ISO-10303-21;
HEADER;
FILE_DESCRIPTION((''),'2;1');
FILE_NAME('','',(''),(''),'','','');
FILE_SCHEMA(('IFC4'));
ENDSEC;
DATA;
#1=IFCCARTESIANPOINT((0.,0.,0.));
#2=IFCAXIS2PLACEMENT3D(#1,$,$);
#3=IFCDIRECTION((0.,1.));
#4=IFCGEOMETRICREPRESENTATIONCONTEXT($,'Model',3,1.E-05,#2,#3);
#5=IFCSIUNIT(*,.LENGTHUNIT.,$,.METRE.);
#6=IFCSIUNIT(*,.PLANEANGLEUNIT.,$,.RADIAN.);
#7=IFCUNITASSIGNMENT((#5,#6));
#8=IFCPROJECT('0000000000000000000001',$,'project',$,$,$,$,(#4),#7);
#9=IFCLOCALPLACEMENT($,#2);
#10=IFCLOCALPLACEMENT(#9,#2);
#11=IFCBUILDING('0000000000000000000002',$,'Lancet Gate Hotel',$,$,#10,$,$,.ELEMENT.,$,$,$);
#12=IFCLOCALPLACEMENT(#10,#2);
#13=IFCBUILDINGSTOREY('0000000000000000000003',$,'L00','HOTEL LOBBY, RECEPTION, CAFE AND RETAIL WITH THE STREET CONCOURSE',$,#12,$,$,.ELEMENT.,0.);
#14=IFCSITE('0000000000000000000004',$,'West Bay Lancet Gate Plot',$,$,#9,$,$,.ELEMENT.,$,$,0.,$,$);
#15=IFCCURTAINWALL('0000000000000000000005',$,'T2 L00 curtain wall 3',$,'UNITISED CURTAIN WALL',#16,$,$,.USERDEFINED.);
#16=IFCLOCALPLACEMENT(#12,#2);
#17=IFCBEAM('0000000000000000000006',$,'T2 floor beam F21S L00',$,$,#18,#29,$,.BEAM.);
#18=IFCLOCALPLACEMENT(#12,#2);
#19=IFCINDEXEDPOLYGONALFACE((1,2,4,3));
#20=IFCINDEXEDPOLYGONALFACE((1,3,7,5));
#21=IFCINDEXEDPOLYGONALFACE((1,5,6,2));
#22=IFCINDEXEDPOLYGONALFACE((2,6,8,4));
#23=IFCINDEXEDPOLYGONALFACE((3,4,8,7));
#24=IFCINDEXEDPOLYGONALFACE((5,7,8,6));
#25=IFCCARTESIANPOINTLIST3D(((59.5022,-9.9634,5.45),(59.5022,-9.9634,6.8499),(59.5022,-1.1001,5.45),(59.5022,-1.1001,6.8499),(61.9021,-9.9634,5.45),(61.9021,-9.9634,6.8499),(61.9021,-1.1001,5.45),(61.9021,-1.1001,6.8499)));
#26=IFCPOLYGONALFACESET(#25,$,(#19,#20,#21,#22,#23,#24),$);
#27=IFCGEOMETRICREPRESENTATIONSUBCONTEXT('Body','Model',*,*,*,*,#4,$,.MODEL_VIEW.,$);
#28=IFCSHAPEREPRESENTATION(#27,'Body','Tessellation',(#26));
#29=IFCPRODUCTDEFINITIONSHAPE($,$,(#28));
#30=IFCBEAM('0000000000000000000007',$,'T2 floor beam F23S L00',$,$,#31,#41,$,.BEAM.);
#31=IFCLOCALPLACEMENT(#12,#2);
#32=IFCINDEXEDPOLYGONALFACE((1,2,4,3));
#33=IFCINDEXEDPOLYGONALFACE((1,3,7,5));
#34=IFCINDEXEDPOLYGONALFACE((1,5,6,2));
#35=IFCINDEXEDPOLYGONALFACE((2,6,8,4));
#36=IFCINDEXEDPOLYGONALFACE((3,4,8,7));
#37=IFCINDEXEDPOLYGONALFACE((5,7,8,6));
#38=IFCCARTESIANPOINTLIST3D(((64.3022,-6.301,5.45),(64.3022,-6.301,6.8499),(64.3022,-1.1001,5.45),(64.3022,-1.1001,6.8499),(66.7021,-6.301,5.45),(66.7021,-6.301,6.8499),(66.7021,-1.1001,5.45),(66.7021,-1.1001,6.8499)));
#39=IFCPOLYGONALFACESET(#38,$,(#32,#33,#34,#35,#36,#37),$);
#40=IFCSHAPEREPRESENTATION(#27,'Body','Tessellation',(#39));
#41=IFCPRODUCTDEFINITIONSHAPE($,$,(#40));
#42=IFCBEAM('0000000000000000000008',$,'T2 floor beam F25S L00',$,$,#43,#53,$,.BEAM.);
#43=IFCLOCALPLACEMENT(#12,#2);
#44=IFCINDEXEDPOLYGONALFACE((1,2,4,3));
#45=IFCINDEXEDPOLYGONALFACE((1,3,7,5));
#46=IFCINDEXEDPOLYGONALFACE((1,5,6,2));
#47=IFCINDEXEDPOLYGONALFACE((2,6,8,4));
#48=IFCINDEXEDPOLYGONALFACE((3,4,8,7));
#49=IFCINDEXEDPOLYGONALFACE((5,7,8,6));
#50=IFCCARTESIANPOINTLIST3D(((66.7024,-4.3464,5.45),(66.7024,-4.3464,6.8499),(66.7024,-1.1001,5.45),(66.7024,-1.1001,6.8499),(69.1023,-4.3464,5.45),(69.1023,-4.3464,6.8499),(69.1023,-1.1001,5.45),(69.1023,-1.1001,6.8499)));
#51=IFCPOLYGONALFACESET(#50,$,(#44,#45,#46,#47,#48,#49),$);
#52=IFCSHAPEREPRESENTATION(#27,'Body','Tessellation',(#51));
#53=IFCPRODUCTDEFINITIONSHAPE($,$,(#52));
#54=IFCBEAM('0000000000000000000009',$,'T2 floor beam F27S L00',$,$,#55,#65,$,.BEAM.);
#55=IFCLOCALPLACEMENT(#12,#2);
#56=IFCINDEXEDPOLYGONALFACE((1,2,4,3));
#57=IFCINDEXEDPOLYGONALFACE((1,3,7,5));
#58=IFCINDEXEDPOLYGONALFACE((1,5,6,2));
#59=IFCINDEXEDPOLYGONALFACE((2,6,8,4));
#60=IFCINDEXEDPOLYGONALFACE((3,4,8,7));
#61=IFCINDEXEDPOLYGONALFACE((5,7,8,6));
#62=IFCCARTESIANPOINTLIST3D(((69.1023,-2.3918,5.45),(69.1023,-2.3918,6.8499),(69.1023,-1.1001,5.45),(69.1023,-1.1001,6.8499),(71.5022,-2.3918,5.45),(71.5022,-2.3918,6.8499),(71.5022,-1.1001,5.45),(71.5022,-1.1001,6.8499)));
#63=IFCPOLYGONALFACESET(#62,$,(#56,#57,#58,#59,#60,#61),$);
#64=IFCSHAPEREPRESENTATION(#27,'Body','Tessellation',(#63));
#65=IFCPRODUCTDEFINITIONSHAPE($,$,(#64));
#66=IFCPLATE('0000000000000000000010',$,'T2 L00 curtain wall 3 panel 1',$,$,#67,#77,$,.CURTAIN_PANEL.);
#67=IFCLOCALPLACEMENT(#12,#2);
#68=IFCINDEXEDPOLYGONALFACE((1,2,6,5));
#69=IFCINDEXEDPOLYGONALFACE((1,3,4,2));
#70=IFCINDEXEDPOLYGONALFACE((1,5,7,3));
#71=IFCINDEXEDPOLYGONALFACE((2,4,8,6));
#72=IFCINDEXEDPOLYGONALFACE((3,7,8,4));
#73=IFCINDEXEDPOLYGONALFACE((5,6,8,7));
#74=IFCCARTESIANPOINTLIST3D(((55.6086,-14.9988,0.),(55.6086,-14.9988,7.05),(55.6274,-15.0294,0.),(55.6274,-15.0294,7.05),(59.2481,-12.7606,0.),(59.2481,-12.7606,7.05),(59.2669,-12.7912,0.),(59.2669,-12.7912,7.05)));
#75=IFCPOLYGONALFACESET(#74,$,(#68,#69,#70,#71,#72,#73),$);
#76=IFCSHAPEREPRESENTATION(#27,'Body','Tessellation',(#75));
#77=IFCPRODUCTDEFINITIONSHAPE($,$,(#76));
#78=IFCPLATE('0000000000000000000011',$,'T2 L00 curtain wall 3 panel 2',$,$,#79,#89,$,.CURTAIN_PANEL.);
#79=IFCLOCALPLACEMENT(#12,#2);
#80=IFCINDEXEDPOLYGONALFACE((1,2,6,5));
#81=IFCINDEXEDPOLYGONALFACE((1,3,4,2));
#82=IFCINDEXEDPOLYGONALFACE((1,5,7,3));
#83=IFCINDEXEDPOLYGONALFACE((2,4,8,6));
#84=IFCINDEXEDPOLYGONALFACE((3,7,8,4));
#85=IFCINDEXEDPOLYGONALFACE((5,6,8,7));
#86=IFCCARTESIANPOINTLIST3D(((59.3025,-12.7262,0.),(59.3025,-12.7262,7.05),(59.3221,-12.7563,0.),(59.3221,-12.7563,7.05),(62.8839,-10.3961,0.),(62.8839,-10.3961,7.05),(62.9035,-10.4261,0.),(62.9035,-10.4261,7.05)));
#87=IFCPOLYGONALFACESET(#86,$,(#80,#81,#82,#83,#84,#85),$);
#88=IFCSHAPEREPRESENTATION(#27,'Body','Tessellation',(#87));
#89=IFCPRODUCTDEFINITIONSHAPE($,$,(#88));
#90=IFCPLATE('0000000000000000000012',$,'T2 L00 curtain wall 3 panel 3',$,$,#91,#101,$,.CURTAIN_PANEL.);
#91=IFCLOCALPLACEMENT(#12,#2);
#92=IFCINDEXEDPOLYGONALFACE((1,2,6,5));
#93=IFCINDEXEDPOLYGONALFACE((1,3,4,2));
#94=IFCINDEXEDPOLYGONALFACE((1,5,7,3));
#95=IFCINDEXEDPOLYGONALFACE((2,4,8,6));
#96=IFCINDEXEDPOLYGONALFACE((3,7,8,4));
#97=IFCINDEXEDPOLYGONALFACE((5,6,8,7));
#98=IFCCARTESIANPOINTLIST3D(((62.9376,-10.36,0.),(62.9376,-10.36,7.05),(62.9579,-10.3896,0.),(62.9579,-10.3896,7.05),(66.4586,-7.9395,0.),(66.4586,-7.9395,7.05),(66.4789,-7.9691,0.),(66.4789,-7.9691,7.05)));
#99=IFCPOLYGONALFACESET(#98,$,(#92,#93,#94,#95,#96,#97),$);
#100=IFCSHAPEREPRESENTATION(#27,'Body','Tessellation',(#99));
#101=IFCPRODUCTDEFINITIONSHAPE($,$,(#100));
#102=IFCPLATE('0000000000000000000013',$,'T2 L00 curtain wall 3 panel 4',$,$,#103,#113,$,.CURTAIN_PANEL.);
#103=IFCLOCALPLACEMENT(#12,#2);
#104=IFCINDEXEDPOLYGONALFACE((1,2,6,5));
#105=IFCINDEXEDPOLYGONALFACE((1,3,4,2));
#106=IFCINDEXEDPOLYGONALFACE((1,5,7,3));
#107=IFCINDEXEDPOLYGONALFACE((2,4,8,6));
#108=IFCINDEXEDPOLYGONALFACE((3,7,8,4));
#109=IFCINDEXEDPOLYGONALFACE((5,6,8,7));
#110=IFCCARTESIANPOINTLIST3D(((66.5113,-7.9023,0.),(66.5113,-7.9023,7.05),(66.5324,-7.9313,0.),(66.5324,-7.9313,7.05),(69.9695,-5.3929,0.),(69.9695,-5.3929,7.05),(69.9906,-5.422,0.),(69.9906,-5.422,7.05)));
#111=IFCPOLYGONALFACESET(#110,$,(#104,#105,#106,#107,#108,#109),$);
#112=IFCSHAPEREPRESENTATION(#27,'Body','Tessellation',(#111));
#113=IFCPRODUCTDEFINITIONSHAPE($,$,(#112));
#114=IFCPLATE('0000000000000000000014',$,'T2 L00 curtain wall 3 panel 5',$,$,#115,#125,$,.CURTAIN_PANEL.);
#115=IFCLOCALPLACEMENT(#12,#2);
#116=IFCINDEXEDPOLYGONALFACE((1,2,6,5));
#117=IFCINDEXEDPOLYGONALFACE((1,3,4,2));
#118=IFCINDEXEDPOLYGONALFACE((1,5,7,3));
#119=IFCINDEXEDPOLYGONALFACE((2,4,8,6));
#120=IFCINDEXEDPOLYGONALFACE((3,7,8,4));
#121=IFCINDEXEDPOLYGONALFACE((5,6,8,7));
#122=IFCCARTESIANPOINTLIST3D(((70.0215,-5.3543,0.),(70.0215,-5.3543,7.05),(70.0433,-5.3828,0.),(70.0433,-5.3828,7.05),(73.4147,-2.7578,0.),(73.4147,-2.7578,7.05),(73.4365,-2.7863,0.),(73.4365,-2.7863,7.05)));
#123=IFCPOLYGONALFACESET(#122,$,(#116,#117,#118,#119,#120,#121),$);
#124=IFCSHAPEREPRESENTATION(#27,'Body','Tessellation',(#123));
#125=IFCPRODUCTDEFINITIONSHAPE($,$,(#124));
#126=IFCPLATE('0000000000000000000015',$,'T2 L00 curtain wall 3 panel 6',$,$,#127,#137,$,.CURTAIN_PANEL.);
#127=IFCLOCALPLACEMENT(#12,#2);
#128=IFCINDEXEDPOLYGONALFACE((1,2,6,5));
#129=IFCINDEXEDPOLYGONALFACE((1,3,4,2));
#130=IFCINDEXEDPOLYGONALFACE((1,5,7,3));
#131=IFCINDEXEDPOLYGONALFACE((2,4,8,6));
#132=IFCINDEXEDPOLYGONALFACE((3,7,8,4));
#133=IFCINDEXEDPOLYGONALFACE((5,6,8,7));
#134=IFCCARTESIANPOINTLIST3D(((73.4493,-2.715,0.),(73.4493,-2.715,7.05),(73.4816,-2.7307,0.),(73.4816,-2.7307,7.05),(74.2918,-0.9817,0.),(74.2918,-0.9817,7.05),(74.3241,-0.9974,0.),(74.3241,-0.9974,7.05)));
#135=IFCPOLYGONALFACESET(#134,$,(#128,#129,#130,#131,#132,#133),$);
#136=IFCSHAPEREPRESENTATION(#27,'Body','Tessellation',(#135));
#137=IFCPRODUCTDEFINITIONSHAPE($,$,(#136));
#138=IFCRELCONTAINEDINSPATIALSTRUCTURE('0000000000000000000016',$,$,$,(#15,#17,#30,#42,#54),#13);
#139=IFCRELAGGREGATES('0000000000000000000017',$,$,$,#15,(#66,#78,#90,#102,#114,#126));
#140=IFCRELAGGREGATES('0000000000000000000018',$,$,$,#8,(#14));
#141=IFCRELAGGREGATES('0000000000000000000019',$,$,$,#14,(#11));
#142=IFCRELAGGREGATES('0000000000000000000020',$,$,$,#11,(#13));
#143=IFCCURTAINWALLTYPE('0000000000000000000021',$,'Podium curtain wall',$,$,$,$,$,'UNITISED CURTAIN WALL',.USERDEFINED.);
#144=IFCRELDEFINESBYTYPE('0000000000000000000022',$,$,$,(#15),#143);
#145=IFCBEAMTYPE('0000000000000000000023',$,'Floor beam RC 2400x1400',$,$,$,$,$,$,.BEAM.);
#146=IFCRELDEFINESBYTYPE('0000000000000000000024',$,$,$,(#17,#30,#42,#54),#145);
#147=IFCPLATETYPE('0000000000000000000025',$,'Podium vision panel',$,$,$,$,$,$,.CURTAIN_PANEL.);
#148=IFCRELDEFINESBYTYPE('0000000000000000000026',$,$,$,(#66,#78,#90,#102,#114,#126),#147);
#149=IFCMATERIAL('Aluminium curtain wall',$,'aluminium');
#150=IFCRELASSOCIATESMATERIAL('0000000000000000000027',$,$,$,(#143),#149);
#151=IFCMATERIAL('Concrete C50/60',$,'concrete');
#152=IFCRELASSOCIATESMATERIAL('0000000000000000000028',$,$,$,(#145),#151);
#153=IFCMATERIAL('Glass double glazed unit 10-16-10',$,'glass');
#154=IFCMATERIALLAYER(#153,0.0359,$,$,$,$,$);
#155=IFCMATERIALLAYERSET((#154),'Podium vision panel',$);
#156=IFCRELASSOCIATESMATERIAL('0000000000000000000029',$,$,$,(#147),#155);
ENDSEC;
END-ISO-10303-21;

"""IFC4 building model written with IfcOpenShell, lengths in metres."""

from ifc_helpers import new_model, si_unit, direction, frame, origin, origin_2d, place, context, subcontext, project, spatial, rectangle, extrude, material, layer, layer_set, material_profile, profile_set, type_object, element, aggregate, save


model = new_model("IFC4")

# Units and contexts
model_context = context("Model", 3, precision=1e-05, world=origin(), true_north=direction((0.0, 1.0)))
body_context = subcontext(model_context, "Body", "Model", "MODEL_VIEW")
ifc_project = project(units=[si_unit("LENGTHUNIT", "METRE"), si_unit("PLANEANGLEUNIT", "RADIAN")], contexts=[model_context])

# Site, building, storey
site_placement = place(None, origin())
site = spatial("IfcSite", under=ifc_project, at=site_placement, Name="West Bay Lancet Gate Plot", CompositionType="ELEMENT", RefElevation=0.0)
building_placement = place(site_placement, origin())
building = spatial("IfcBuilding", under=site, at=building_placement, Name="Lancet Gate Hotel", CompositionType="ELEMENT")
storey_placement = place(building_placement, origin())
storey = spatial("IfcBuildingStorey", under=building, at=storey_placement, Name="L00", Description="HOTEL LOBBY, RECEPTION, CAFE AND RETAIL WITH THE STREET CONCOURSE", CompositionType="ELEMENT", Elevation=0.0)

# Curtain wall
ifc_material_1 = material(Name="Aluminium curtain wall", Category="aluminium")
curtain_wall_type = type_object("IfcCurtainWallType", Name="Podium curtain wall", ElementType="UNITISED CURTAIN WALL", PredefinedType="USERDEFINED", material=ifc_material_1)
curtain_wall_placement = place(storey_placement, origin())
curtain_wall = element("IfcCurtainWall", 1, at=curtain_wall_placement, inside=storey, type_object=curtain_wall_type, Name="T2 L00 curtain wall 3", ObjectType="UNITISED CURTAIN WALL", PredefinedType="USERDEFINED")

# Beams
ifc_material_2 = material(Name="Concrete C50/60", Category="concrete")
ifc_material_profile_1 = material_profile(ifc_material_2, rectangle(XDim=2.3999, YDim=1.3999, at=origin_2d()), Name="RC 2400x1400")
ifc_profile_set_1 = profile_set([ifc_material_profile_1], Name="Concrete C50/60")
beam_type_1 = type_object("IfcBeamType", Name="Floor beam RC 2400x1400", PredefinedType="BEAM", material=ifc_profile_set_1)
beam_1_placement = place(storey_placement, frame((60.7021, -9.9634, 6.1499), z_axis=(0.0, 1.0, 0.0), x_axis=(-1.0, 0.0, 0.0)))
element("IfcBeam", 2, at=beam_1_placement, inside=storey, type_object=beam_type_1, Name="T2 floor beam F21S L00", PredefinedType="BEAM", context=body_context, shape_type="SweptSolid", body=[
    extrude(rectangle(XDim=2.3999, YDim=1.3999, at=origin_2d()), origin(), (0.0, 0.0, 1.0), 8.8633),
])
beam_2_placement = place(storey_placement, frame((65.5022, -6.301, 6.1499), z_axis=(0.0, 1.0, 0.0), x_axis=(-1.0, 0.0, 0.0)))
element("IfcBeam", 3, at=beam_2_placement, inside=storey, type_object=beam_type_1, Name="T2 floor beam F23S L00", PredefinedType="BEAM", context=body_context, shape_type="SweptSolid", body=[
    extrude(rectangle(XDim=2.3999, YDim=1.3999, at=origin_2d()), origin(), (0.0, 0.0, 1.0), 5.2009),
])
beam_3_placement = place(storey_placement, frame((67.9023, -4.3464, 6.1499), z_axis=(0.0, 1.0, 0.0), x_axis=(-1.0, 0.0, 0.0)))
element("IfcBeam", 4, at=beam_3_placement, inside=storey, type_object=beam_type_1, Name="T2 floor beam F25S L00", PredefinedType="BEAM", context=body_context, shape_type="SweptSolid", body=[
    extrude(rectangle(XDim=2.3999, YDim=1.3999, at=origin_2d()), origin(), (0.0, 0.0, 1.0), 3.2463),
])
beam_4_placement = place(storey_placement, frame((70.3022, -2.3918, 6.1499), z_axis=(0.0, 1.0, 0.0), x_axis=(-1.0, 0.0, 0.0)))
element("IfcBeam", 5, at=beam_4_placement, inside=storey, type_object=beam_type_1, Name="T2 floor beam F27S L00", PredefinedType="BEAM", context=body_context, shape_type="SweptSolid", body=[
    extrude(rectangle(XDim=2.3999, YDim=1.3999, at=origin_2d()), origin(), (0.0, 0.0, 1.0), 1.2917),
])

# Plates
ifc_material_3 = material(Name="Glass double glazed unit 10-16-10", Category="glass")
ifc_layer = layer(ifc_material_3, 0.0359)
ifc_layer_set = layer_set([ifc_layer], Name="Podium vision panel")
plate_type = type_object("IfcPlateType", Name="Podium vision panel", PredefinedType="CURTAIN_PANEL", material=ifc_layer_set)
plate_1_placement = place(storey_placement, frame((57.4377, -13.895, 0.0), z_axis=(0.0, 0.0, 1.0), x_axis=(0.851815, 0.523842, 0.0)))
plate_1 = element("IfcPlate", 6, at=plate_1_placement, type_object=plate_type, Name="T2 L00 curtain wall 3 panel 1", PredefinedType="CURTAIN_PANEL", context=body_context, shape_type="SweptSolid", body=[
    extrude(rectangle(XDim=4.2727, YDim=0.0359, at=origin_2d()), origin(), (0.0, 0.0, 1.0), 7.05),
])
plate_2_placement = place(storey_placement, frame((61.103, -11.5762, 0.0), z_axis=(0.0, 0.0, 1.0), x_axis=(0.838207, 0.545353, 0.0)))
plate_2 = element("IfcPlate", 7, at=plate_2_placement, type_object=plate_type, Name="T2 L00 curtain wall 3 panel 2", PredefinedType="CURTAIN_PANEL", context=body_context, shape_type="SweptSolid", body=[
    extrude(rectangle(XDim=4.2727, YDim=0.0359, at=origin_2d()), origin(), (0.0, 0.0, 1.0), 7.05),
])
plate_3_placement = place(storey_placement, frame((64.7083, -9.1646, 0.0), z_axis=(0.0, 0.0, 1.0), x_axis=(0.824055, 0.566509, 0.0)))
plate_3 = element("IfcPlate", 8, at=plate_3_placement, type_object=plate_type, Name="T2 L00 curtain wall 3 panel 3", PredefinedType="CURTAIN_PANEL", context=body_context, shape_type="SweptSolid", body=[
    extrude(rectangle(XDim=4.2727, YDim=0.0359, at=origin_2d()), origin(), (0.0, 0.0, 1.0), 7.05),
])
plate_4_placement = place(storey_placement, frame((68.251, -6.6621, 0.0), z_axis=(0.0, 0.0, 1.0), x_axis=(0.80937, 0.587299, 0.0)))
plate_4 = element("IfcPlate", 9, at=plate_4_placement, type_object=plate_type, Name="T2 L00 curtain wall 3 panel 4", PredefinedType="CURTAIN_PANEL", context=body_context, shape_type="SweptSolid", body=[
    extrude(rectangle(XDim=4.2727, YDim=0.0359, at=origin_2d()), origin(), (0.0, 0.0, 1.0), 7.05),
])
plate_5_placement = place(storey_placement, frame((71.729, -4.0703, 0.0), z_axis=(0.0, 0.0, 1.0), x_axis=(0.79416, 0.607709, 0.0)))
plate_5 = element("IfcPlate", 10, at=plate_5_placement, type_object=plate_type, Name="T2 L00 curtain wall 3 panel 5", PredefinedType="CURTAIN_PANEL", context=body_context, shape_type="SweptSolid", body=[
    extrude(rectangle(XDim=4.2727, YDim=0.0359, at=origin_2d()), origin(), (0.0, 0.0, 1.0), 7.05),
])
plate_6_placement = place(storey_placement, frame((73.8867, -1.8562, 0.0), z_axis=(0.0, 0.0, 1.0), x_axis=(0.437169, 0.899379, 0.0)))
plate_6 = element("IfcPlate", 11, at=plate_6_placement, type_object=plate_type, Name="T2 L00 curtain wall 3 panel 6", PredefinedType="CURTAIN_PANEL", context=body_context, shape_type="SweptSolid", body=[
    extrude(rectangle(XDim=1.9272, YDim=0.0359, at=origin_2d()), origin(), (0.0, 0.0, 1.0), 7.05),
])
aggregate(curtain_wall, [plate_1, plate_2, plate_3, plate_4, plate_5, plate_6])

save(model, "model.ifc")
